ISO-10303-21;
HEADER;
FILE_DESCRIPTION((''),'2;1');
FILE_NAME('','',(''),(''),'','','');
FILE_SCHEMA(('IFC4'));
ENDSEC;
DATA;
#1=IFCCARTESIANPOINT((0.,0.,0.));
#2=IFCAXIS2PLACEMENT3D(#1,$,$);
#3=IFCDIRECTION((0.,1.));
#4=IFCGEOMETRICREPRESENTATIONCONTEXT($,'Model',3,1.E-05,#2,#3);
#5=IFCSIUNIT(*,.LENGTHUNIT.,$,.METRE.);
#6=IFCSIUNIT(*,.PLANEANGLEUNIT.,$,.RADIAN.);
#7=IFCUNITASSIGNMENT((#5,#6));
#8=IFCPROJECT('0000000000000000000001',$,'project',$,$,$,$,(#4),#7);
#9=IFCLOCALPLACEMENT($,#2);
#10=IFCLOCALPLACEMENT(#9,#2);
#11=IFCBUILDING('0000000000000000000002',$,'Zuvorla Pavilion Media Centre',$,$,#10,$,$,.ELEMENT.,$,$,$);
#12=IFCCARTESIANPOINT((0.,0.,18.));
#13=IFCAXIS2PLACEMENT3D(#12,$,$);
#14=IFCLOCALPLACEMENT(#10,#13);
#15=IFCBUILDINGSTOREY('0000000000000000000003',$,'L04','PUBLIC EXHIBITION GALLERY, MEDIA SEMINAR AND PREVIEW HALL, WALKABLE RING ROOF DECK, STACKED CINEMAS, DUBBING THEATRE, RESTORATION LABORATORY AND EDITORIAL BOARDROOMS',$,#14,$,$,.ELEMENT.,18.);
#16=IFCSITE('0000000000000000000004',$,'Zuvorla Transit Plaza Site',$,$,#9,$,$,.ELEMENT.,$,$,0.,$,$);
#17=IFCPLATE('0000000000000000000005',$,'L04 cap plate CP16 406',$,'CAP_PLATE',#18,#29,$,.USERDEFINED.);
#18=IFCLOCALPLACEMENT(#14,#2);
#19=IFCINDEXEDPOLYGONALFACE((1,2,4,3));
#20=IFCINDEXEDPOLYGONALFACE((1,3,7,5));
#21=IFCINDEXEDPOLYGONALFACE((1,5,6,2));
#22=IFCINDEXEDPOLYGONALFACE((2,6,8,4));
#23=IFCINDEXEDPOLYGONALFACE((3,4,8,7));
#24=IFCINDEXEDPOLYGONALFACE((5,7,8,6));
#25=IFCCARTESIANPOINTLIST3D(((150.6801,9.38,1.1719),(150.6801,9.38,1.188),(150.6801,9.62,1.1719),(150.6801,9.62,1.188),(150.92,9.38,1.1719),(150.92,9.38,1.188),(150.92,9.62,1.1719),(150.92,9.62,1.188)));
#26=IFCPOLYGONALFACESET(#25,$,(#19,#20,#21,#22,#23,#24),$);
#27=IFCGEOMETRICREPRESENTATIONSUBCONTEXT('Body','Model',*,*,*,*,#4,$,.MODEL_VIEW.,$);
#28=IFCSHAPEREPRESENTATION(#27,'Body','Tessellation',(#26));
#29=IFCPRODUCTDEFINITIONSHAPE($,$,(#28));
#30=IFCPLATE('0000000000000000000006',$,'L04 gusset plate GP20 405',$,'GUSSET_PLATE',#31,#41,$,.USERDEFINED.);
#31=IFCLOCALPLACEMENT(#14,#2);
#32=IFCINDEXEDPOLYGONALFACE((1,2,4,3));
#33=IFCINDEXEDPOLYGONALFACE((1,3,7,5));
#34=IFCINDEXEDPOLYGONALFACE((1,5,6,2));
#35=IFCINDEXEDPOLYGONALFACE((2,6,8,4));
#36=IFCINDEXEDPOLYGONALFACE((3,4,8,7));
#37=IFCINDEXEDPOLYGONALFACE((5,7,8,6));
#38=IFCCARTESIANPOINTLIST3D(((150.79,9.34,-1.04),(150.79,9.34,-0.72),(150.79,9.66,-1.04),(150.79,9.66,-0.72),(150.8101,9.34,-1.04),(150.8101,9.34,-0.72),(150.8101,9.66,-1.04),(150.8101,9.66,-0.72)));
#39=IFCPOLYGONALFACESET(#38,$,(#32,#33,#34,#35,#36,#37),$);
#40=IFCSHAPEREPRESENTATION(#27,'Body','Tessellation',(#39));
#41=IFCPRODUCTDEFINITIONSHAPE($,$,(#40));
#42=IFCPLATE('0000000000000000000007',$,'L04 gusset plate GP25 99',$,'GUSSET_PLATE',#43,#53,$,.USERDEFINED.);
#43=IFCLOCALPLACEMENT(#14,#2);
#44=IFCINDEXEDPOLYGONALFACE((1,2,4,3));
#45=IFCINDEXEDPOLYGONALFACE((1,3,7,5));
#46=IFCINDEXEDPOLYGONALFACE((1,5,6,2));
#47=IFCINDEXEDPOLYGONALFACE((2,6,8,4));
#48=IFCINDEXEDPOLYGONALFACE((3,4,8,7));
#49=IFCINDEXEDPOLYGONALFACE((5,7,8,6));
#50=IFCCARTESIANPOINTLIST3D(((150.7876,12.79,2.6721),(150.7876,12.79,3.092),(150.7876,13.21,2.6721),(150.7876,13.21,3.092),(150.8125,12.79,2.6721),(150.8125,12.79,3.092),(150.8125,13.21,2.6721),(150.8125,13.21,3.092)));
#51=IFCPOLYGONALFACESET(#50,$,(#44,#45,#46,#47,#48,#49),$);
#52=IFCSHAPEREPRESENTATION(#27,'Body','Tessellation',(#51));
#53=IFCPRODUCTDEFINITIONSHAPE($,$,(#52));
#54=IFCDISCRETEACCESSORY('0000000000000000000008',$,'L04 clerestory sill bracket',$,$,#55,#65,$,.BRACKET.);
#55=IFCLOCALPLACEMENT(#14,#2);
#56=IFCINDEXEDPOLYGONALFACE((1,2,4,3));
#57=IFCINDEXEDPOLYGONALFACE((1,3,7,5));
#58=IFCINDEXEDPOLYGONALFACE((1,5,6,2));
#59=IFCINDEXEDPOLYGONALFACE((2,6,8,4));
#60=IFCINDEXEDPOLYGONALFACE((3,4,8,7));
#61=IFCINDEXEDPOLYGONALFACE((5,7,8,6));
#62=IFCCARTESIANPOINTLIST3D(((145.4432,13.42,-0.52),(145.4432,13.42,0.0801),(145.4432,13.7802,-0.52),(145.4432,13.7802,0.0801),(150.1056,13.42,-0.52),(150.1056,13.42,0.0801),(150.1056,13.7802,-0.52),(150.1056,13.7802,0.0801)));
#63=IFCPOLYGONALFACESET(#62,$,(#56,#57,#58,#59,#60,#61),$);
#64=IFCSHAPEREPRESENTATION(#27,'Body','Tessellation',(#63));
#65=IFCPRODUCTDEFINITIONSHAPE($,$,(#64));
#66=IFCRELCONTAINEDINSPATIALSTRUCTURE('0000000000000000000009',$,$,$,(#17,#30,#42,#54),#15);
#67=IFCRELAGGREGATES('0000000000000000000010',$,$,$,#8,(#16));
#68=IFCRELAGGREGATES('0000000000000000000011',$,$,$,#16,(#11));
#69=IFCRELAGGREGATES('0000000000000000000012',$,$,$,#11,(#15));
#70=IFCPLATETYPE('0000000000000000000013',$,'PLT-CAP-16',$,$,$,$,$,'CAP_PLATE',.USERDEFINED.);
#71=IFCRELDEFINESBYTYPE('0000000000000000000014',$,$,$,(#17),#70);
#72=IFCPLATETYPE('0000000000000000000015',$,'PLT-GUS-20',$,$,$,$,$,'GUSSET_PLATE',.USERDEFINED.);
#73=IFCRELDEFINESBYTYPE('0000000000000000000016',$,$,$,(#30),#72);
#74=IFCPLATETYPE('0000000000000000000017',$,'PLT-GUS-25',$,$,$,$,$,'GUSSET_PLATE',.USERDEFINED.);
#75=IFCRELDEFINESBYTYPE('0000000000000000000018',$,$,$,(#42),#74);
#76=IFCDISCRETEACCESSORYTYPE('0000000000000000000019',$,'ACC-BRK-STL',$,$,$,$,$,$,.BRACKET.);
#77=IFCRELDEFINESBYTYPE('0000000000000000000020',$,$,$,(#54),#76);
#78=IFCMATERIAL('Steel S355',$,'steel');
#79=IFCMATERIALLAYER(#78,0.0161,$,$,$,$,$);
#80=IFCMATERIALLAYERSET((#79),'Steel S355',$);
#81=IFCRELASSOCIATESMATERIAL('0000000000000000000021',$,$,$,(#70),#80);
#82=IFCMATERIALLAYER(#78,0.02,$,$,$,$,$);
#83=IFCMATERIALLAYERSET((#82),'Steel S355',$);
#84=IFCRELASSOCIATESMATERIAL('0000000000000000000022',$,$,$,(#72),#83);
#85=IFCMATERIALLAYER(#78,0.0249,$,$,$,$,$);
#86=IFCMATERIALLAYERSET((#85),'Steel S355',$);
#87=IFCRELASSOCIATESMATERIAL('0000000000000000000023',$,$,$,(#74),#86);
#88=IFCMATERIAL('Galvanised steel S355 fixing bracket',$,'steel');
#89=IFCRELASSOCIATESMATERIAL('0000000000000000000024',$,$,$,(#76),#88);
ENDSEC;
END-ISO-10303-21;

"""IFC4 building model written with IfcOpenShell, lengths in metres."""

from ifc_helpers import new_model, si_unit, direction, frame, origin, origin_2d, place, context, subcontext, project, spatial, rectangle, extrude, material, layer, layer_set, type_object, element, save


model = new_model("IFC4")

# Units and contexts
model_context = context("Model", 3, precision=1e-05, world=origin(), true_north=direction((0.0, 1.0)))
body_context = subcontext(model_context, "Body", "Model", "MODEL_VIEW")
ifc_project = project(units=[si_unit("LENGTHUNIT", "METRE"), si_unit("PLANEANGLEUNIT", "RADIAN")], contexts=[model_context])

# Site, building, storey
site_placement = place(None, origin())
site = spatial("IfcSite", under=ifc_project, at=site_placement, Name="Zuvorla Transit Plaza Site", CompositionType="ELEMENT", RefElevation=0.0)
building_placement = place(site_placement, origin())
building = spatial("IfcBuilding", under=site, at=building_placement, Name="Zuvorla Pavilion Media Centre", CompositionType="ELEMENT")
storey_placement = place(building_placement, frame((0.0, 0.0, 18.0)))
storey = spatial("IfcBuildingStorey", under=building, at=storey_placement, Name="L04", Description="PUBLIC EXHIBITION GALLERY, MEDIA SEMINAR AND PREVIEW HALL, WALKABLE RING ROOF DECK, STACKED CINEMAS, DUBBING THEATRE, RESTORATION LABORATORY AND EDITORIAL BOARDROOMS", CompositionType="ELEMENT", Elevation=18.0)

# Shared definitions
ifc_material_1 = material(Name="Steel S355", Category="steel")

# Plates
ifc_layer_1 = layer(ifc_material_1, 0.0161)
ifc_layer_set_1 = layer_set([ifc_layer_1], Name="Steel S355")
plate_type_1 = type_object("IfcPlateType", Name="PLT-CAP-16", ElementType="CAP_PLATE", PredefinedType="USERDEFINED", material=ifc_layer_set_1)
plate_1_placement = place(storey_placement, frame((150.8, 9.5, 1.1719), z_axis=(0.0, 0.0, 1.0), x_axis=(1.0, 0.0, 0.0)))
element("IfcPlate", 1, at=plate_1_placement, inside=storey, type_object=plate_type_1, Name="L04 cap plate CP16 406", ObjectType="CAP_PLATE", PredefinedType="USERDEFINED", context=body_context, shape_type="SweptSolid", body=[
    extrude(rectangle(XDim=0.24, YDim=0.24, at=origin_2d()), origin(), (0.0, 0.0, 1.0), 0.0161),
])
ifc_layer_2 = layer(ifc_material_1, 0.02)
ifc_layer_set_2 = layer_set([ifc_layer_2], Name="Steel S355")
plate_type_2 = type_object("IfcPlateType", Name="PLT-GUS-20", ElementType="GUSSET_PLATE", PredefinedType="USERDEFINED", material=ifc_layer_set_2)
plate_2_placement = place(storey_placement, frame((150.8, 9.5, -1.04), z_axis=(0.0, 0.0, 1.0), x_axis=(1.0, 0.0, 0.0)))
element("IfcPlate", 2, at=plate_2_placement, inside=storey, type_object=plate_type_2, Name="L04 gusset plate GP20 405", ObjectType="GUSSET_PLATE", PredefinedType="USERDEFINED", context=body_context, shape_type="SweptSolid", body=[
    extrude(rectangle(XDim=0.02, YDim=0.3201, at=origin_2d()), origin(), (0.0, 0.0, 1.0), 0.3201),
])
ifc_layer_3 = layer(ifc_material_1, 0.0249)
ifc_layer_set_3 = layer_set([ifc_layer_3], Name="Steel S355")
plate_type_3 = type_object("IfcPlateType", Name="PLT-GUS-25", ElementType="GUSSET_PLATE", PredefinedType="USERDEFINED", material=ifc_layer_set_3)
plate_3_placement = place(storey_placement, frame((150.8, 13.0, 2.6721), z_axis=(0.0, 0.0, 1.0), x_axis=(1.0, 0.0, 0.0)))
element("IfcPlate", 3, at=plate_3_placement, inside=storey, type_object=plate_type_3, Name="L04 gusset plate GP25 99", ObjectType="GUSSET_PLATE", PredefinedType="USERDEFINED", context=body_context, shape_type="SweptSolid", body=[
    extrude(rectangle(XDim=0.0249, YDim=0.4199, at=origin_2d()), origin(), (0.0, 0.0, 1.0), 0.4199),
])

# Discrete accessory
ifc_material_2 = material(Name="Galvanised steel S355 fixing bracket", Category="steel")
discrete_accessory_type = type_object("IfcDiscreteAccessoryType", Name="ACC-BRK-STL", PredefinedType="BRACKET", material=ifc_material_2)
discrete_accessory_placement = place(storey_placement, frame((147.7744, 13.6001, -0.52), z_axis=(0.0, 0.0, 1.0), x_axis=(1.0, 0.0, 0.0)))
element("IfcDiscreteAccessory", 4, at=discrete_accessory_placement, inside=storey, type_object=discrete_accessory_type, Name="L04 clerestory sill bracket", PredefinedType="BRACKET", context=body_context, shape_type="SweptSolid", body=[
    extrude(rectangle(XDim=4.6624, YDim=0.3601, at=origin_2d()), origin(), (0.0, 0.0, 1.0), 0.6001),
])

save(model, "model.ifc")
